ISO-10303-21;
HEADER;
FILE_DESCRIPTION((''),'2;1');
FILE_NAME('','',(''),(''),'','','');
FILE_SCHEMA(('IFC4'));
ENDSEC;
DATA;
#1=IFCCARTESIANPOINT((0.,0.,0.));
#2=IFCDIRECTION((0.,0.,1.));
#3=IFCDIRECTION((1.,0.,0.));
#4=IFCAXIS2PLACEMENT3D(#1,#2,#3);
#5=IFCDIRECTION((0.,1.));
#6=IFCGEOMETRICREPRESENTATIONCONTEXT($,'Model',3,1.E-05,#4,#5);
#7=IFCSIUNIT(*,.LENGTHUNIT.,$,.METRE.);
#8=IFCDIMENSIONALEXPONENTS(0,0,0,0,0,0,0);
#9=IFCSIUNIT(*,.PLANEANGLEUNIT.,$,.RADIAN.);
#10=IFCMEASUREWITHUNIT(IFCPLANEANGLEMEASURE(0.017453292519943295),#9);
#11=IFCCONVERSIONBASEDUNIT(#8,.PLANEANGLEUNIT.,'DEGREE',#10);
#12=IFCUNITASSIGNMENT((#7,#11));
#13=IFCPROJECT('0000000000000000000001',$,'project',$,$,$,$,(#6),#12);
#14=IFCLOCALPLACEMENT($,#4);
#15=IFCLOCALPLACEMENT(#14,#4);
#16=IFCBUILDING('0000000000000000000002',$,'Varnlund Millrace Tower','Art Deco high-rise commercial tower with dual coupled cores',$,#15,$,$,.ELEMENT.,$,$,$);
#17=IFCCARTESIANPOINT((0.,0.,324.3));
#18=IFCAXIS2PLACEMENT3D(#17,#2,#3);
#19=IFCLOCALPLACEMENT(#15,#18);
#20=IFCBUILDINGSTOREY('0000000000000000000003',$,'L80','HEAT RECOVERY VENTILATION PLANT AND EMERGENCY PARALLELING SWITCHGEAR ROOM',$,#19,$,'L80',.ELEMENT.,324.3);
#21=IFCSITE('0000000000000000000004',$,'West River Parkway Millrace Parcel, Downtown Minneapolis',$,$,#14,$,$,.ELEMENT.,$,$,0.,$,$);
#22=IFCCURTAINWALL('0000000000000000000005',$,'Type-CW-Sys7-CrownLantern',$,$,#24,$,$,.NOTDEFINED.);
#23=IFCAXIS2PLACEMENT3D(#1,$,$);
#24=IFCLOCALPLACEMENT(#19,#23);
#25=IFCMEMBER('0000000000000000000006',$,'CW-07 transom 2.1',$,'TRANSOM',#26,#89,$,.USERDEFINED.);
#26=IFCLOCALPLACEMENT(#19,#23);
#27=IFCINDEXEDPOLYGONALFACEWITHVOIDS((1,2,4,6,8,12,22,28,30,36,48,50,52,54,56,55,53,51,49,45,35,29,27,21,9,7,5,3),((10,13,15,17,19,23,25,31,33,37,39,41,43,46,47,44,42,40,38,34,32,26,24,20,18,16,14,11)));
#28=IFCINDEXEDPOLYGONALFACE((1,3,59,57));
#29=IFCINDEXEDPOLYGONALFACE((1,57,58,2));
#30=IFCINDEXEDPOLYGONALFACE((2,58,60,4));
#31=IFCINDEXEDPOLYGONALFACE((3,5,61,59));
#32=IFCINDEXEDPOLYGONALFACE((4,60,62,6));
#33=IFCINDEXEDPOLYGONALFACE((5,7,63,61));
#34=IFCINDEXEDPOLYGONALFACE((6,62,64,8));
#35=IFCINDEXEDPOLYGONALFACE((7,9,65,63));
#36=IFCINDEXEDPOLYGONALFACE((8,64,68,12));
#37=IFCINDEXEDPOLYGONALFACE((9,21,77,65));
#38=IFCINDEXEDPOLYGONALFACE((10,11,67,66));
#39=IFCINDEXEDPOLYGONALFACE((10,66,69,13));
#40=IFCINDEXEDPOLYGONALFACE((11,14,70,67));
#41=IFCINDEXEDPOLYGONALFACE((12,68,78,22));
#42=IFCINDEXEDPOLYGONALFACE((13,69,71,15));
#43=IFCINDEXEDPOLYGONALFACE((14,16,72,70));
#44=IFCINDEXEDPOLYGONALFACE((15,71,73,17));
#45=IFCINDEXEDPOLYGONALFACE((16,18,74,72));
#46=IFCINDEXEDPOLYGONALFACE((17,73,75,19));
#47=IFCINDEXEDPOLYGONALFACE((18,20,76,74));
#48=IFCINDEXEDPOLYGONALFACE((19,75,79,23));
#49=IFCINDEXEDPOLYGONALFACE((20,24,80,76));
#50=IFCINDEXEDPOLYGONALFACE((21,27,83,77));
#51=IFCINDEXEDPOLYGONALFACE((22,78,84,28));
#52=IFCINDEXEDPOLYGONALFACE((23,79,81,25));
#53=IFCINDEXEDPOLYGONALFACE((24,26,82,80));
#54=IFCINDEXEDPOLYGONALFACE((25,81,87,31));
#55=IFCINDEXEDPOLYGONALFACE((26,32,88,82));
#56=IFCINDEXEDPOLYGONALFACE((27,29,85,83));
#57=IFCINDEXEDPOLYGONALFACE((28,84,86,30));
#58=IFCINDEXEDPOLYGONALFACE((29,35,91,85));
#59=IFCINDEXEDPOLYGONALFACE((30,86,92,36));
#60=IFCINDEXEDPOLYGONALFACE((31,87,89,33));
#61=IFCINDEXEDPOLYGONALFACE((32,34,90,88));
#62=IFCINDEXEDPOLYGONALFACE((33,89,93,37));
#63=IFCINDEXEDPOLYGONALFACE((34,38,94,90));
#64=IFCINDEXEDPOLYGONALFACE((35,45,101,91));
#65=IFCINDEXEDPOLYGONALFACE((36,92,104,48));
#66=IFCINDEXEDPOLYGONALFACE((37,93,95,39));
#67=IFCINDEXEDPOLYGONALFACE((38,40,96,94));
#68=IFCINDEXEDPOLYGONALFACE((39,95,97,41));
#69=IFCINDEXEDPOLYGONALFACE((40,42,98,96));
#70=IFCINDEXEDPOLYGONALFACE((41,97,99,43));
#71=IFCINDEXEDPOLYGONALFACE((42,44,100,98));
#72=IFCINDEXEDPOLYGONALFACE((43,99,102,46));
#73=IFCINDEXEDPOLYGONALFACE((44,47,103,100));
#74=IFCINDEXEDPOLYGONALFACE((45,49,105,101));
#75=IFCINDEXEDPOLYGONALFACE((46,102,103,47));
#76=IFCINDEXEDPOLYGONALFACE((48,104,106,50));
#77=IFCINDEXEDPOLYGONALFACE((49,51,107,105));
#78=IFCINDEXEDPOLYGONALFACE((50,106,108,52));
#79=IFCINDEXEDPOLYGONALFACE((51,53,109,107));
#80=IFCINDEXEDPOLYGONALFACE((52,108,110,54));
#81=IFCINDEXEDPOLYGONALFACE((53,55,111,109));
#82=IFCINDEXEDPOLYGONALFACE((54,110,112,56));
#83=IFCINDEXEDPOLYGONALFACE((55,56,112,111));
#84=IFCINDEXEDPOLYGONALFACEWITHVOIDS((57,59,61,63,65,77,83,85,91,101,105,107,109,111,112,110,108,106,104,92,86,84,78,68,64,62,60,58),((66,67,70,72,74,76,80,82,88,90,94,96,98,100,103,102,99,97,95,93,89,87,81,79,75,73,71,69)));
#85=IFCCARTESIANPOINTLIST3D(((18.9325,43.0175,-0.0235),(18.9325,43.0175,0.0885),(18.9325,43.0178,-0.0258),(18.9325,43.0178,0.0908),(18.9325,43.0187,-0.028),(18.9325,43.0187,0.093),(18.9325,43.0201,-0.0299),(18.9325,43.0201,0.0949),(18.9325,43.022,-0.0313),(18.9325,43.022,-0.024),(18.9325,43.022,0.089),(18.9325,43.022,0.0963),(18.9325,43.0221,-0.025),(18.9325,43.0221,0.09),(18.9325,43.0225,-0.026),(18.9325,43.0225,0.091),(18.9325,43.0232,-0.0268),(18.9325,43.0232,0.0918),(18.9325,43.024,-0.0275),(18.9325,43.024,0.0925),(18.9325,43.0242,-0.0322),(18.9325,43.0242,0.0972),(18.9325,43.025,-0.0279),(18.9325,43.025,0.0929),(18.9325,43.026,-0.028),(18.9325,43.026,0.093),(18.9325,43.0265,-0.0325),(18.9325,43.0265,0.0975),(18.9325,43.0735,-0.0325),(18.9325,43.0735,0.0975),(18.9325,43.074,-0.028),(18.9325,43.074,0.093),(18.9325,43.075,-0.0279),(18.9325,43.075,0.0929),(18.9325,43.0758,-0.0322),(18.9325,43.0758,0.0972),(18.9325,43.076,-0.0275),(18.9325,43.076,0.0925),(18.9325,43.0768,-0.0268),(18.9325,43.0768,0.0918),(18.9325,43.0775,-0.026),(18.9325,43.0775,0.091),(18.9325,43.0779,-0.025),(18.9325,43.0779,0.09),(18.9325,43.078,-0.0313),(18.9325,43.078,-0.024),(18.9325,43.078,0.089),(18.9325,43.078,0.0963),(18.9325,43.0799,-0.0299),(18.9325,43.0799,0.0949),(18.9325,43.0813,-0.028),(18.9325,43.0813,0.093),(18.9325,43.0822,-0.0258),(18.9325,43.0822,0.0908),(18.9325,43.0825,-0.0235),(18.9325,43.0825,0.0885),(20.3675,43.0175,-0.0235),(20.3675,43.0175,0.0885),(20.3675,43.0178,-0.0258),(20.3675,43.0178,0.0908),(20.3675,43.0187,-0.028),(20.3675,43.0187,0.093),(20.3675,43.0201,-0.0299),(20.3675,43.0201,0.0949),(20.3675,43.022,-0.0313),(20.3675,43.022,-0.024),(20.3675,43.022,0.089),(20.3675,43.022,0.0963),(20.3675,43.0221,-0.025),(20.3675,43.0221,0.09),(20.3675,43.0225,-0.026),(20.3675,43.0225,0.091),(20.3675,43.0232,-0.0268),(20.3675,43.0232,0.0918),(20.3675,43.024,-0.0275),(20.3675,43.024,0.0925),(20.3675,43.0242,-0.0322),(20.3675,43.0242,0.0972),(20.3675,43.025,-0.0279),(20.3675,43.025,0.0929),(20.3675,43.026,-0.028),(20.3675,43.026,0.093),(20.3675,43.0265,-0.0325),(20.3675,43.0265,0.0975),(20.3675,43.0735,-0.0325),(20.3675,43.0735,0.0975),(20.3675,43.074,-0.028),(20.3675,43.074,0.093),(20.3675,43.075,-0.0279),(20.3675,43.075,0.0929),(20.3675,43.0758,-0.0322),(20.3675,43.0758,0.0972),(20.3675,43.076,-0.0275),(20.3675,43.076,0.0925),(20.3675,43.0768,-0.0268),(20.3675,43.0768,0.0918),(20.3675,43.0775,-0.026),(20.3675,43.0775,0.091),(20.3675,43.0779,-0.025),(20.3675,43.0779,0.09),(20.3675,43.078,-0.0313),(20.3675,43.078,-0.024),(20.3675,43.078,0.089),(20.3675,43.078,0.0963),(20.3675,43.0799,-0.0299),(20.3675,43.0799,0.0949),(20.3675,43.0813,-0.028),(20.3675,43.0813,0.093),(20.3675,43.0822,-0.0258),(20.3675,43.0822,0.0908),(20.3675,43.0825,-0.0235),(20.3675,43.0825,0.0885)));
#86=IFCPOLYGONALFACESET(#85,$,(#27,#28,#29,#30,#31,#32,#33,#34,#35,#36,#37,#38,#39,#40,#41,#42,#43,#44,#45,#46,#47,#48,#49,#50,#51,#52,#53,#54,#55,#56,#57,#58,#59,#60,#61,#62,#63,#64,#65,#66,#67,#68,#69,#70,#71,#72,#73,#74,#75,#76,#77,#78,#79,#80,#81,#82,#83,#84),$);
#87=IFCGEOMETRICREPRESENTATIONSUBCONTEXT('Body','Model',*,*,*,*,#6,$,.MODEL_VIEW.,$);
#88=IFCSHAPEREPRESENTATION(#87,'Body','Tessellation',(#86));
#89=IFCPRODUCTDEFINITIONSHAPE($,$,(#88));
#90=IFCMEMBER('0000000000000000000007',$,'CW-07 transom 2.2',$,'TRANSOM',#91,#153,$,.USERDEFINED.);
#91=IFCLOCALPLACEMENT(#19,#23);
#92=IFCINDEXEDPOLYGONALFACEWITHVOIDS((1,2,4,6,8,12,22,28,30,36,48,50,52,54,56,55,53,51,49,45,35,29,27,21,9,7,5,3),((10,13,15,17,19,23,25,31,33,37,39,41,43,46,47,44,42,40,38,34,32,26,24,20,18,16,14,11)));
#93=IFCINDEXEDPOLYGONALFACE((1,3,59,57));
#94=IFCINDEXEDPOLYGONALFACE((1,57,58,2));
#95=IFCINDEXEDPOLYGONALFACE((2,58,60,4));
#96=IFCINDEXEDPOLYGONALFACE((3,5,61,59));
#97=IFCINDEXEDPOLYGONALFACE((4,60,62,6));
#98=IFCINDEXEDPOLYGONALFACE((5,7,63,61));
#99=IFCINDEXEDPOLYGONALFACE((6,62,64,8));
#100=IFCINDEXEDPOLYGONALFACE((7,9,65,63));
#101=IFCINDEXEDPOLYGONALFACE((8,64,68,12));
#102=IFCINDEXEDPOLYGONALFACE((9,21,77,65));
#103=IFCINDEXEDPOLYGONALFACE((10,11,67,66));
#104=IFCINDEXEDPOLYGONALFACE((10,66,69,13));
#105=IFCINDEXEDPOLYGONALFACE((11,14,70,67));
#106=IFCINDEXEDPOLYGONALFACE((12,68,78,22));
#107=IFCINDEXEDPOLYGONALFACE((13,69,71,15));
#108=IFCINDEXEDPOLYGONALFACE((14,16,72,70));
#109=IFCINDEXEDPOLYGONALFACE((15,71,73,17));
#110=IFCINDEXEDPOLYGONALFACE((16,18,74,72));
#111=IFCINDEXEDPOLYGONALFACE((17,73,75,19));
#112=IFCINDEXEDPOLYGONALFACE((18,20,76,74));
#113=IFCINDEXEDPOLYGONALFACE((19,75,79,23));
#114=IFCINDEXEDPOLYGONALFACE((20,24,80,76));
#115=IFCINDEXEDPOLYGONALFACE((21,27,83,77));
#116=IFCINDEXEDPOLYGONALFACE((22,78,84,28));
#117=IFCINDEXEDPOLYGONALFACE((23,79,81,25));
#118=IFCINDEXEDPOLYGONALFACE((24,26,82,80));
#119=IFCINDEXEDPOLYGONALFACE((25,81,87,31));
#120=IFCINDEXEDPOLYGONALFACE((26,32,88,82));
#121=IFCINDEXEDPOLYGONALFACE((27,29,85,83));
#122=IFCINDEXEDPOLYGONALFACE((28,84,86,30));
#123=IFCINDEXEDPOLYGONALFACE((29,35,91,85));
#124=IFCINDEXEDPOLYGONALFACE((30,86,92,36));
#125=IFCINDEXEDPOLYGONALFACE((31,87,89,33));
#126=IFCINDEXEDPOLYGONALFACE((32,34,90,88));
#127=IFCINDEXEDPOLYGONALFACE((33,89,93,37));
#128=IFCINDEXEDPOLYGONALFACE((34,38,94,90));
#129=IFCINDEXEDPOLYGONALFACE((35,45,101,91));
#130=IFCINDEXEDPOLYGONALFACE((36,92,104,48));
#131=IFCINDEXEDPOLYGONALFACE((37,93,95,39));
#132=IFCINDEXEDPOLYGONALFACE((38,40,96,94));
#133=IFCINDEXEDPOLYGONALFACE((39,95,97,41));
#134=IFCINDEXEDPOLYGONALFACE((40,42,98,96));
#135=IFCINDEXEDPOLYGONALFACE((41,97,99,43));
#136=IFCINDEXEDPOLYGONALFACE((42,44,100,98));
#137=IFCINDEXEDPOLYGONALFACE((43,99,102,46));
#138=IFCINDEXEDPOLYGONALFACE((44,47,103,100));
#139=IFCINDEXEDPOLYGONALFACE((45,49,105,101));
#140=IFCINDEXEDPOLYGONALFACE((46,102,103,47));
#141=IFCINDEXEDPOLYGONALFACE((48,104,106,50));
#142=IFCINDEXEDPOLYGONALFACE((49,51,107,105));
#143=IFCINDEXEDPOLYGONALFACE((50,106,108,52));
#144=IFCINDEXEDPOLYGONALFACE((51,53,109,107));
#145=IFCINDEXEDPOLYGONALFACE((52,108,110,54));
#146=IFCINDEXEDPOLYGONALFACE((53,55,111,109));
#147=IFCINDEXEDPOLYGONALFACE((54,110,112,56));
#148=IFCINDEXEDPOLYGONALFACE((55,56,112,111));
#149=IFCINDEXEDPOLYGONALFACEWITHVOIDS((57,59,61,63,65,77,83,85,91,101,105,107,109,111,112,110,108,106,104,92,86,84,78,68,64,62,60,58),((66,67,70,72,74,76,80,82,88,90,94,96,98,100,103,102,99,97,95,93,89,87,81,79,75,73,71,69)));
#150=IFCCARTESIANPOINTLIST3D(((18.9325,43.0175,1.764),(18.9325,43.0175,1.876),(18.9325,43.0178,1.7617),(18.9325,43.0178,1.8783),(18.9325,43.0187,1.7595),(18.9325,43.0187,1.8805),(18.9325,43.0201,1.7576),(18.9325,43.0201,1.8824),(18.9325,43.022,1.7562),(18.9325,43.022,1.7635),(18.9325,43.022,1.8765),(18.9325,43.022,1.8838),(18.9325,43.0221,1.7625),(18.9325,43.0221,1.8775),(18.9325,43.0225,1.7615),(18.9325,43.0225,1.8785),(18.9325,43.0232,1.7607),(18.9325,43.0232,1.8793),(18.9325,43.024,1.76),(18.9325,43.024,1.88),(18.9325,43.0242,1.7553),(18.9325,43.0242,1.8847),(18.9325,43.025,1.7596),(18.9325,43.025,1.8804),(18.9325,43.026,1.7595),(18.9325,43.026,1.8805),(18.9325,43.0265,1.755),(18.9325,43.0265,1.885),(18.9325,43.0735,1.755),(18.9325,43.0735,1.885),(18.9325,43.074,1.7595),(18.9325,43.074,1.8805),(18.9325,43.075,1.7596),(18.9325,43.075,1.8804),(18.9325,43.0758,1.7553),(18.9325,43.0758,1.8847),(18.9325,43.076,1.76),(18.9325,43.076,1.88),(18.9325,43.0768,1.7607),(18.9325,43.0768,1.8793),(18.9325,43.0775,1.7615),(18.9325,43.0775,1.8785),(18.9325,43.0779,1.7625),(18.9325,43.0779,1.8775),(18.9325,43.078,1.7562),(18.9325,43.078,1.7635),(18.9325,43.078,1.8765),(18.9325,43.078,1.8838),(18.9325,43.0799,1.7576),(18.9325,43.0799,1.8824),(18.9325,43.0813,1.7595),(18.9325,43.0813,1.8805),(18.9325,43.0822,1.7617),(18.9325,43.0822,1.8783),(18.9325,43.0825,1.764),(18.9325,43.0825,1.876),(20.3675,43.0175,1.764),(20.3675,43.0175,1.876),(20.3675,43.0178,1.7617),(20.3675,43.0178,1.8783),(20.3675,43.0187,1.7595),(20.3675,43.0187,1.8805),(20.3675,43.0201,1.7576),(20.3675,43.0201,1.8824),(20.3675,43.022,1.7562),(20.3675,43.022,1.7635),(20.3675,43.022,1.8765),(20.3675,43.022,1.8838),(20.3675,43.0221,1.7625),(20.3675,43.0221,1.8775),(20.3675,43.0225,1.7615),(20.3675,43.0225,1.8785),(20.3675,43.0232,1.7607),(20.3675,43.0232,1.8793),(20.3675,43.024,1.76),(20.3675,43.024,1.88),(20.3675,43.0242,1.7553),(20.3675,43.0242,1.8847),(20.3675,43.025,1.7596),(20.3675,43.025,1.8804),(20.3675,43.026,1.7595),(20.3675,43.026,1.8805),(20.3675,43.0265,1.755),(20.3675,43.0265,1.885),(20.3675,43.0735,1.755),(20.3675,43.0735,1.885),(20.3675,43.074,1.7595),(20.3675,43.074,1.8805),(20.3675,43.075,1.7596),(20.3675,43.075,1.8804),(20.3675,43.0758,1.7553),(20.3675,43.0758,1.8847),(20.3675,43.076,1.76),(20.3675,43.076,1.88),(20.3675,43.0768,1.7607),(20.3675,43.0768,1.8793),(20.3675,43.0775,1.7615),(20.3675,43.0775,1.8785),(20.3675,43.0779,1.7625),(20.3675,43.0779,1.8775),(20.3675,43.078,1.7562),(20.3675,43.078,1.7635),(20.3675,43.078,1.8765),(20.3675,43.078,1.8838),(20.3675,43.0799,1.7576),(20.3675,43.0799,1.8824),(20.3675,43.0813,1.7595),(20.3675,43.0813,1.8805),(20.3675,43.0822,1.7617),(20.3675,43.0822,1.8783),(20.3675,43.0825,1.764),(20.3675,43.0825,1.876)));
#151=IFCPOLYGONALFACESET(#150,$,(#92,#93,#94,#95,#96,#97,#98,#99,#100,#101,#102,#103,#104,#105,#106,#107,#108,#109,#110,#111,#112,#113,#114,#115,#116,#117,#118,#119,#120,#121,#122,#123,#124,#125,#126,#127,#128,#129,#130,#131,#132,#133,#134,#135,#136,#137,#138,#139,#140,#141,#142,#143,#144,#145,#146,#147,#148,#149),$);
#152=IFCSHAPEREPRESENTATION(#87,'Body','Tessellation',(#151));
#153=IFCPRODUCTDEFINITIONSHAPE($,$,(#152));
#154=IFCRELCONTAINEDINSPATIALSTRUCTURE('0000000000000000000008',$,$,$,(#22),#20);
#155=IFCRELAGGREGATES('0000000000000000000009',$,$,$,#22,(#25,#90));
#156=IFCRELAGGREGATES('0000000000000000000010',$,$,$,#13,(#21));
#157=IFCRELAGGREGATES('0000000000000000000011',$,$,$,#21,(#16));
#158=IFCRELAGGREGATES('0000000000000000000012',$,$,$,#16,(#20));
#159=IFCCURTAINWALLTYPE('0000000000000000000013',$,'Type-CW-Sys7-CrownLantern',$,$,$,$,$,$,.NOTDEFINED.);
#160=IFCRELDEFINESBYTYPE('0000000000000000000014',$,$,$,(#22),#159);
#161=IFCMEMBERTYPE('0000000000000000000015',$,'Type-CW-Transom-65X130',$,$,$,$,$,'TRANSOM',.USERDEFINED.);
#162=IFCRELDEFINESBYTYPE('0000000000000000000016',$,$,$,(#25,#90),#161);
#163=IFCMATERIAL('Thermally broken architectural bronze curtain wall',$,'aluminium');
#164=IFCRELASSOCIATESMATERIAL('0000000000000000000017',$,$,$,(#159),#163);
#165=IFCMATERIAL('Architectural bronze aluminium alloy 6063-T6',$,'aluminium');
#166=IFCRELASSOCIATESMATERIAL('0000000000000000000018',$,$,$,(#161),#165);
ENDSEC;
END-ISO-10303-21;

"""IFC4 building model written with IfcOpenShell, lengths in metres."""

from ifc_helpers import new_model, entity, si_unit, converted_unit, direction, frame, origin_with_axes, origin_2d_with_axis, place, context, subcontext, project, spatial, hollow_rectangle, extrude, material, material_profile, profile_set, type_object, element, aggregate, save


model = new_model("IFC4")

# Units and contexts
model_context = context("Model", 3, precision=1e-05, world=origin_with_axes(), true_north=direction((0.0, 1.0)))
body_context = subcontext(model_context, "Body", "Model", "MODEL_VIEW")
ifc_project = project(units=[si_unit("LENGTHUNIT", "METRE"), converted_unit("PLANEANGLEUNIT", "DEGREE", entity("IfcPlaneAngleMeasure", 0.017453292519943295), si_unit("PLANEANGLEUNIT", "RADIAN"), dimensions=[0, 0, 0, 0, 0, 0, 0])], contexts=[model_context])

# Site, building, storey
site_placement = place(None, origin_with_axes())
site = spatial("IfcSite", under=ifc_project, at=site_placement, Name="West River Parkway Millrace Parcel, Downtown Minneapolis", CompositionType="ELEMENT", RefElevation=0.0)
building_placement = place(site_placement, origin_with_axes())
building = spatial("IfcBuilding", under=site, at=building_placement, Name="Varnlund Millrace Tower", Description="Art Deco high-rise commercial tower with dual coupled cores", CompositionType="ELEMENT")
storey_placement = place(building_placement, frame((0.0, 0.0, 324.3), z_axis=(0.0, 0.0, 1.0), x_axis=(1.0, 0.0, 0.0)))
storey = spatial("IfcBuildingStorey", under=building, at=storey_placement, Name="L80", Description="HEAT RECOVERY VENTILATION PLANT AND EMERGENCY PARALLELING SWITCHGEAR ROOM", LongName="L80", CompositionType="ELEMENT", Elevation=324.3)

# Curtain wall, members
ifc_material_1 = material(Name="Thermally broken architectural bronze curtain wall", Category="aluminium")
curtain_wall_type = type_object("IfcCurtainWallType", Name="Type-CW-Sys7-CrownLantern", PredefinedType="NOTDEFINED", material=ifc_material_1)
ifc_material_2 = material(Name="Architectural bronze aluminium alloy 6063-T6", Category="aluminium")
ifc_material_profile_1 = material_profile(ifc_material_2, hollow_rectangle(XDim=0.065, YDim=0.13, WallThickness=0.0045, InnerFilletRadius=0.004, OuterFilletRadius=0.009, at=origin_2d_with_axis()), Name="Architectural bronze aluminium alloy 6063-T6")
ifc_profile_set_1 = profile_set([ifc_material_profile_1], Name="Architectural bronze aluminium alloy 6063-T6")
member_type = type_object("IfcMemberType", Name="Type-CW-Transom-65X130", ElementType="TRANSOM", PredefinedType="USERDEFINED", material=ifc_profile_set_1)
curtain_wall_1_placement = place(storey_placement, frame((17.4, 43.05, 0.0), z_axis=(0.0, 0.0, 1.0), x_axis=(1.0, 0.0, 0.0)))
curtain_wall_1 = element("IfcCurtainWall", 1, at=curtain_wall_1_placement, inside=storey, type_object=curtain_wall_type, Name="Type-CW-Sys7-CrownLantern", PredefinedType="NOTDEFINED")
member_1_placement = place(storey_placement, frame((18.9325, 43.05, 0.0325), z_axis=(1.0, 0.0, 0.0), x_axis=(0.0, 1.0, 0.0)))
member_1 = element("IfcMember", 2, at=member_1_placement, type_object=member_type, Name="CW-07 transom 2.1", ObjectType="TRANSOM", PredefinedType="USERDEFINED", context=body_context, shape_type="SweptSolid", body=[
    extrude(hollow_rectangle(XDim=0.065, YDim=0.13, WallThickness=0.0045, InnerFilletRadius=0.004, OuterFilletRadius=0.009, at=origin_2d_with_axis()), origin_with_axes(), (0.0, 0.0, 1.0), 1.435),
])
member_2_placement = place(storey_placement, frame((18.9325, 43.05, 1.82), z_axis=(1.0, 0.0, 0.0), x_axis=(0.0, 1.0, 0.0)))
member_2 = element("IfcMember", 3, at=member_2_placement, type_object=member_type, Name="CW-07 transom 2.2", ObjectType="TRANSOM", PredefinedType="USERDEFINED", context=body_context, shape_type="SweptSolid", body=[
    extrude(hollow_rectangle(XDim=0.065, YDim=0.13, WallThickness=0.0045, InnerFilletRadius=0.004, OuterFilletRadius=0.009, at=origin_2d_with_axis()), origin_with_axes(), (0.0, 0.0, 1.0), 1.435),
])

aggregate(curtain_wall_1, [member_1, member_2])

save(model, "model.ifc")
